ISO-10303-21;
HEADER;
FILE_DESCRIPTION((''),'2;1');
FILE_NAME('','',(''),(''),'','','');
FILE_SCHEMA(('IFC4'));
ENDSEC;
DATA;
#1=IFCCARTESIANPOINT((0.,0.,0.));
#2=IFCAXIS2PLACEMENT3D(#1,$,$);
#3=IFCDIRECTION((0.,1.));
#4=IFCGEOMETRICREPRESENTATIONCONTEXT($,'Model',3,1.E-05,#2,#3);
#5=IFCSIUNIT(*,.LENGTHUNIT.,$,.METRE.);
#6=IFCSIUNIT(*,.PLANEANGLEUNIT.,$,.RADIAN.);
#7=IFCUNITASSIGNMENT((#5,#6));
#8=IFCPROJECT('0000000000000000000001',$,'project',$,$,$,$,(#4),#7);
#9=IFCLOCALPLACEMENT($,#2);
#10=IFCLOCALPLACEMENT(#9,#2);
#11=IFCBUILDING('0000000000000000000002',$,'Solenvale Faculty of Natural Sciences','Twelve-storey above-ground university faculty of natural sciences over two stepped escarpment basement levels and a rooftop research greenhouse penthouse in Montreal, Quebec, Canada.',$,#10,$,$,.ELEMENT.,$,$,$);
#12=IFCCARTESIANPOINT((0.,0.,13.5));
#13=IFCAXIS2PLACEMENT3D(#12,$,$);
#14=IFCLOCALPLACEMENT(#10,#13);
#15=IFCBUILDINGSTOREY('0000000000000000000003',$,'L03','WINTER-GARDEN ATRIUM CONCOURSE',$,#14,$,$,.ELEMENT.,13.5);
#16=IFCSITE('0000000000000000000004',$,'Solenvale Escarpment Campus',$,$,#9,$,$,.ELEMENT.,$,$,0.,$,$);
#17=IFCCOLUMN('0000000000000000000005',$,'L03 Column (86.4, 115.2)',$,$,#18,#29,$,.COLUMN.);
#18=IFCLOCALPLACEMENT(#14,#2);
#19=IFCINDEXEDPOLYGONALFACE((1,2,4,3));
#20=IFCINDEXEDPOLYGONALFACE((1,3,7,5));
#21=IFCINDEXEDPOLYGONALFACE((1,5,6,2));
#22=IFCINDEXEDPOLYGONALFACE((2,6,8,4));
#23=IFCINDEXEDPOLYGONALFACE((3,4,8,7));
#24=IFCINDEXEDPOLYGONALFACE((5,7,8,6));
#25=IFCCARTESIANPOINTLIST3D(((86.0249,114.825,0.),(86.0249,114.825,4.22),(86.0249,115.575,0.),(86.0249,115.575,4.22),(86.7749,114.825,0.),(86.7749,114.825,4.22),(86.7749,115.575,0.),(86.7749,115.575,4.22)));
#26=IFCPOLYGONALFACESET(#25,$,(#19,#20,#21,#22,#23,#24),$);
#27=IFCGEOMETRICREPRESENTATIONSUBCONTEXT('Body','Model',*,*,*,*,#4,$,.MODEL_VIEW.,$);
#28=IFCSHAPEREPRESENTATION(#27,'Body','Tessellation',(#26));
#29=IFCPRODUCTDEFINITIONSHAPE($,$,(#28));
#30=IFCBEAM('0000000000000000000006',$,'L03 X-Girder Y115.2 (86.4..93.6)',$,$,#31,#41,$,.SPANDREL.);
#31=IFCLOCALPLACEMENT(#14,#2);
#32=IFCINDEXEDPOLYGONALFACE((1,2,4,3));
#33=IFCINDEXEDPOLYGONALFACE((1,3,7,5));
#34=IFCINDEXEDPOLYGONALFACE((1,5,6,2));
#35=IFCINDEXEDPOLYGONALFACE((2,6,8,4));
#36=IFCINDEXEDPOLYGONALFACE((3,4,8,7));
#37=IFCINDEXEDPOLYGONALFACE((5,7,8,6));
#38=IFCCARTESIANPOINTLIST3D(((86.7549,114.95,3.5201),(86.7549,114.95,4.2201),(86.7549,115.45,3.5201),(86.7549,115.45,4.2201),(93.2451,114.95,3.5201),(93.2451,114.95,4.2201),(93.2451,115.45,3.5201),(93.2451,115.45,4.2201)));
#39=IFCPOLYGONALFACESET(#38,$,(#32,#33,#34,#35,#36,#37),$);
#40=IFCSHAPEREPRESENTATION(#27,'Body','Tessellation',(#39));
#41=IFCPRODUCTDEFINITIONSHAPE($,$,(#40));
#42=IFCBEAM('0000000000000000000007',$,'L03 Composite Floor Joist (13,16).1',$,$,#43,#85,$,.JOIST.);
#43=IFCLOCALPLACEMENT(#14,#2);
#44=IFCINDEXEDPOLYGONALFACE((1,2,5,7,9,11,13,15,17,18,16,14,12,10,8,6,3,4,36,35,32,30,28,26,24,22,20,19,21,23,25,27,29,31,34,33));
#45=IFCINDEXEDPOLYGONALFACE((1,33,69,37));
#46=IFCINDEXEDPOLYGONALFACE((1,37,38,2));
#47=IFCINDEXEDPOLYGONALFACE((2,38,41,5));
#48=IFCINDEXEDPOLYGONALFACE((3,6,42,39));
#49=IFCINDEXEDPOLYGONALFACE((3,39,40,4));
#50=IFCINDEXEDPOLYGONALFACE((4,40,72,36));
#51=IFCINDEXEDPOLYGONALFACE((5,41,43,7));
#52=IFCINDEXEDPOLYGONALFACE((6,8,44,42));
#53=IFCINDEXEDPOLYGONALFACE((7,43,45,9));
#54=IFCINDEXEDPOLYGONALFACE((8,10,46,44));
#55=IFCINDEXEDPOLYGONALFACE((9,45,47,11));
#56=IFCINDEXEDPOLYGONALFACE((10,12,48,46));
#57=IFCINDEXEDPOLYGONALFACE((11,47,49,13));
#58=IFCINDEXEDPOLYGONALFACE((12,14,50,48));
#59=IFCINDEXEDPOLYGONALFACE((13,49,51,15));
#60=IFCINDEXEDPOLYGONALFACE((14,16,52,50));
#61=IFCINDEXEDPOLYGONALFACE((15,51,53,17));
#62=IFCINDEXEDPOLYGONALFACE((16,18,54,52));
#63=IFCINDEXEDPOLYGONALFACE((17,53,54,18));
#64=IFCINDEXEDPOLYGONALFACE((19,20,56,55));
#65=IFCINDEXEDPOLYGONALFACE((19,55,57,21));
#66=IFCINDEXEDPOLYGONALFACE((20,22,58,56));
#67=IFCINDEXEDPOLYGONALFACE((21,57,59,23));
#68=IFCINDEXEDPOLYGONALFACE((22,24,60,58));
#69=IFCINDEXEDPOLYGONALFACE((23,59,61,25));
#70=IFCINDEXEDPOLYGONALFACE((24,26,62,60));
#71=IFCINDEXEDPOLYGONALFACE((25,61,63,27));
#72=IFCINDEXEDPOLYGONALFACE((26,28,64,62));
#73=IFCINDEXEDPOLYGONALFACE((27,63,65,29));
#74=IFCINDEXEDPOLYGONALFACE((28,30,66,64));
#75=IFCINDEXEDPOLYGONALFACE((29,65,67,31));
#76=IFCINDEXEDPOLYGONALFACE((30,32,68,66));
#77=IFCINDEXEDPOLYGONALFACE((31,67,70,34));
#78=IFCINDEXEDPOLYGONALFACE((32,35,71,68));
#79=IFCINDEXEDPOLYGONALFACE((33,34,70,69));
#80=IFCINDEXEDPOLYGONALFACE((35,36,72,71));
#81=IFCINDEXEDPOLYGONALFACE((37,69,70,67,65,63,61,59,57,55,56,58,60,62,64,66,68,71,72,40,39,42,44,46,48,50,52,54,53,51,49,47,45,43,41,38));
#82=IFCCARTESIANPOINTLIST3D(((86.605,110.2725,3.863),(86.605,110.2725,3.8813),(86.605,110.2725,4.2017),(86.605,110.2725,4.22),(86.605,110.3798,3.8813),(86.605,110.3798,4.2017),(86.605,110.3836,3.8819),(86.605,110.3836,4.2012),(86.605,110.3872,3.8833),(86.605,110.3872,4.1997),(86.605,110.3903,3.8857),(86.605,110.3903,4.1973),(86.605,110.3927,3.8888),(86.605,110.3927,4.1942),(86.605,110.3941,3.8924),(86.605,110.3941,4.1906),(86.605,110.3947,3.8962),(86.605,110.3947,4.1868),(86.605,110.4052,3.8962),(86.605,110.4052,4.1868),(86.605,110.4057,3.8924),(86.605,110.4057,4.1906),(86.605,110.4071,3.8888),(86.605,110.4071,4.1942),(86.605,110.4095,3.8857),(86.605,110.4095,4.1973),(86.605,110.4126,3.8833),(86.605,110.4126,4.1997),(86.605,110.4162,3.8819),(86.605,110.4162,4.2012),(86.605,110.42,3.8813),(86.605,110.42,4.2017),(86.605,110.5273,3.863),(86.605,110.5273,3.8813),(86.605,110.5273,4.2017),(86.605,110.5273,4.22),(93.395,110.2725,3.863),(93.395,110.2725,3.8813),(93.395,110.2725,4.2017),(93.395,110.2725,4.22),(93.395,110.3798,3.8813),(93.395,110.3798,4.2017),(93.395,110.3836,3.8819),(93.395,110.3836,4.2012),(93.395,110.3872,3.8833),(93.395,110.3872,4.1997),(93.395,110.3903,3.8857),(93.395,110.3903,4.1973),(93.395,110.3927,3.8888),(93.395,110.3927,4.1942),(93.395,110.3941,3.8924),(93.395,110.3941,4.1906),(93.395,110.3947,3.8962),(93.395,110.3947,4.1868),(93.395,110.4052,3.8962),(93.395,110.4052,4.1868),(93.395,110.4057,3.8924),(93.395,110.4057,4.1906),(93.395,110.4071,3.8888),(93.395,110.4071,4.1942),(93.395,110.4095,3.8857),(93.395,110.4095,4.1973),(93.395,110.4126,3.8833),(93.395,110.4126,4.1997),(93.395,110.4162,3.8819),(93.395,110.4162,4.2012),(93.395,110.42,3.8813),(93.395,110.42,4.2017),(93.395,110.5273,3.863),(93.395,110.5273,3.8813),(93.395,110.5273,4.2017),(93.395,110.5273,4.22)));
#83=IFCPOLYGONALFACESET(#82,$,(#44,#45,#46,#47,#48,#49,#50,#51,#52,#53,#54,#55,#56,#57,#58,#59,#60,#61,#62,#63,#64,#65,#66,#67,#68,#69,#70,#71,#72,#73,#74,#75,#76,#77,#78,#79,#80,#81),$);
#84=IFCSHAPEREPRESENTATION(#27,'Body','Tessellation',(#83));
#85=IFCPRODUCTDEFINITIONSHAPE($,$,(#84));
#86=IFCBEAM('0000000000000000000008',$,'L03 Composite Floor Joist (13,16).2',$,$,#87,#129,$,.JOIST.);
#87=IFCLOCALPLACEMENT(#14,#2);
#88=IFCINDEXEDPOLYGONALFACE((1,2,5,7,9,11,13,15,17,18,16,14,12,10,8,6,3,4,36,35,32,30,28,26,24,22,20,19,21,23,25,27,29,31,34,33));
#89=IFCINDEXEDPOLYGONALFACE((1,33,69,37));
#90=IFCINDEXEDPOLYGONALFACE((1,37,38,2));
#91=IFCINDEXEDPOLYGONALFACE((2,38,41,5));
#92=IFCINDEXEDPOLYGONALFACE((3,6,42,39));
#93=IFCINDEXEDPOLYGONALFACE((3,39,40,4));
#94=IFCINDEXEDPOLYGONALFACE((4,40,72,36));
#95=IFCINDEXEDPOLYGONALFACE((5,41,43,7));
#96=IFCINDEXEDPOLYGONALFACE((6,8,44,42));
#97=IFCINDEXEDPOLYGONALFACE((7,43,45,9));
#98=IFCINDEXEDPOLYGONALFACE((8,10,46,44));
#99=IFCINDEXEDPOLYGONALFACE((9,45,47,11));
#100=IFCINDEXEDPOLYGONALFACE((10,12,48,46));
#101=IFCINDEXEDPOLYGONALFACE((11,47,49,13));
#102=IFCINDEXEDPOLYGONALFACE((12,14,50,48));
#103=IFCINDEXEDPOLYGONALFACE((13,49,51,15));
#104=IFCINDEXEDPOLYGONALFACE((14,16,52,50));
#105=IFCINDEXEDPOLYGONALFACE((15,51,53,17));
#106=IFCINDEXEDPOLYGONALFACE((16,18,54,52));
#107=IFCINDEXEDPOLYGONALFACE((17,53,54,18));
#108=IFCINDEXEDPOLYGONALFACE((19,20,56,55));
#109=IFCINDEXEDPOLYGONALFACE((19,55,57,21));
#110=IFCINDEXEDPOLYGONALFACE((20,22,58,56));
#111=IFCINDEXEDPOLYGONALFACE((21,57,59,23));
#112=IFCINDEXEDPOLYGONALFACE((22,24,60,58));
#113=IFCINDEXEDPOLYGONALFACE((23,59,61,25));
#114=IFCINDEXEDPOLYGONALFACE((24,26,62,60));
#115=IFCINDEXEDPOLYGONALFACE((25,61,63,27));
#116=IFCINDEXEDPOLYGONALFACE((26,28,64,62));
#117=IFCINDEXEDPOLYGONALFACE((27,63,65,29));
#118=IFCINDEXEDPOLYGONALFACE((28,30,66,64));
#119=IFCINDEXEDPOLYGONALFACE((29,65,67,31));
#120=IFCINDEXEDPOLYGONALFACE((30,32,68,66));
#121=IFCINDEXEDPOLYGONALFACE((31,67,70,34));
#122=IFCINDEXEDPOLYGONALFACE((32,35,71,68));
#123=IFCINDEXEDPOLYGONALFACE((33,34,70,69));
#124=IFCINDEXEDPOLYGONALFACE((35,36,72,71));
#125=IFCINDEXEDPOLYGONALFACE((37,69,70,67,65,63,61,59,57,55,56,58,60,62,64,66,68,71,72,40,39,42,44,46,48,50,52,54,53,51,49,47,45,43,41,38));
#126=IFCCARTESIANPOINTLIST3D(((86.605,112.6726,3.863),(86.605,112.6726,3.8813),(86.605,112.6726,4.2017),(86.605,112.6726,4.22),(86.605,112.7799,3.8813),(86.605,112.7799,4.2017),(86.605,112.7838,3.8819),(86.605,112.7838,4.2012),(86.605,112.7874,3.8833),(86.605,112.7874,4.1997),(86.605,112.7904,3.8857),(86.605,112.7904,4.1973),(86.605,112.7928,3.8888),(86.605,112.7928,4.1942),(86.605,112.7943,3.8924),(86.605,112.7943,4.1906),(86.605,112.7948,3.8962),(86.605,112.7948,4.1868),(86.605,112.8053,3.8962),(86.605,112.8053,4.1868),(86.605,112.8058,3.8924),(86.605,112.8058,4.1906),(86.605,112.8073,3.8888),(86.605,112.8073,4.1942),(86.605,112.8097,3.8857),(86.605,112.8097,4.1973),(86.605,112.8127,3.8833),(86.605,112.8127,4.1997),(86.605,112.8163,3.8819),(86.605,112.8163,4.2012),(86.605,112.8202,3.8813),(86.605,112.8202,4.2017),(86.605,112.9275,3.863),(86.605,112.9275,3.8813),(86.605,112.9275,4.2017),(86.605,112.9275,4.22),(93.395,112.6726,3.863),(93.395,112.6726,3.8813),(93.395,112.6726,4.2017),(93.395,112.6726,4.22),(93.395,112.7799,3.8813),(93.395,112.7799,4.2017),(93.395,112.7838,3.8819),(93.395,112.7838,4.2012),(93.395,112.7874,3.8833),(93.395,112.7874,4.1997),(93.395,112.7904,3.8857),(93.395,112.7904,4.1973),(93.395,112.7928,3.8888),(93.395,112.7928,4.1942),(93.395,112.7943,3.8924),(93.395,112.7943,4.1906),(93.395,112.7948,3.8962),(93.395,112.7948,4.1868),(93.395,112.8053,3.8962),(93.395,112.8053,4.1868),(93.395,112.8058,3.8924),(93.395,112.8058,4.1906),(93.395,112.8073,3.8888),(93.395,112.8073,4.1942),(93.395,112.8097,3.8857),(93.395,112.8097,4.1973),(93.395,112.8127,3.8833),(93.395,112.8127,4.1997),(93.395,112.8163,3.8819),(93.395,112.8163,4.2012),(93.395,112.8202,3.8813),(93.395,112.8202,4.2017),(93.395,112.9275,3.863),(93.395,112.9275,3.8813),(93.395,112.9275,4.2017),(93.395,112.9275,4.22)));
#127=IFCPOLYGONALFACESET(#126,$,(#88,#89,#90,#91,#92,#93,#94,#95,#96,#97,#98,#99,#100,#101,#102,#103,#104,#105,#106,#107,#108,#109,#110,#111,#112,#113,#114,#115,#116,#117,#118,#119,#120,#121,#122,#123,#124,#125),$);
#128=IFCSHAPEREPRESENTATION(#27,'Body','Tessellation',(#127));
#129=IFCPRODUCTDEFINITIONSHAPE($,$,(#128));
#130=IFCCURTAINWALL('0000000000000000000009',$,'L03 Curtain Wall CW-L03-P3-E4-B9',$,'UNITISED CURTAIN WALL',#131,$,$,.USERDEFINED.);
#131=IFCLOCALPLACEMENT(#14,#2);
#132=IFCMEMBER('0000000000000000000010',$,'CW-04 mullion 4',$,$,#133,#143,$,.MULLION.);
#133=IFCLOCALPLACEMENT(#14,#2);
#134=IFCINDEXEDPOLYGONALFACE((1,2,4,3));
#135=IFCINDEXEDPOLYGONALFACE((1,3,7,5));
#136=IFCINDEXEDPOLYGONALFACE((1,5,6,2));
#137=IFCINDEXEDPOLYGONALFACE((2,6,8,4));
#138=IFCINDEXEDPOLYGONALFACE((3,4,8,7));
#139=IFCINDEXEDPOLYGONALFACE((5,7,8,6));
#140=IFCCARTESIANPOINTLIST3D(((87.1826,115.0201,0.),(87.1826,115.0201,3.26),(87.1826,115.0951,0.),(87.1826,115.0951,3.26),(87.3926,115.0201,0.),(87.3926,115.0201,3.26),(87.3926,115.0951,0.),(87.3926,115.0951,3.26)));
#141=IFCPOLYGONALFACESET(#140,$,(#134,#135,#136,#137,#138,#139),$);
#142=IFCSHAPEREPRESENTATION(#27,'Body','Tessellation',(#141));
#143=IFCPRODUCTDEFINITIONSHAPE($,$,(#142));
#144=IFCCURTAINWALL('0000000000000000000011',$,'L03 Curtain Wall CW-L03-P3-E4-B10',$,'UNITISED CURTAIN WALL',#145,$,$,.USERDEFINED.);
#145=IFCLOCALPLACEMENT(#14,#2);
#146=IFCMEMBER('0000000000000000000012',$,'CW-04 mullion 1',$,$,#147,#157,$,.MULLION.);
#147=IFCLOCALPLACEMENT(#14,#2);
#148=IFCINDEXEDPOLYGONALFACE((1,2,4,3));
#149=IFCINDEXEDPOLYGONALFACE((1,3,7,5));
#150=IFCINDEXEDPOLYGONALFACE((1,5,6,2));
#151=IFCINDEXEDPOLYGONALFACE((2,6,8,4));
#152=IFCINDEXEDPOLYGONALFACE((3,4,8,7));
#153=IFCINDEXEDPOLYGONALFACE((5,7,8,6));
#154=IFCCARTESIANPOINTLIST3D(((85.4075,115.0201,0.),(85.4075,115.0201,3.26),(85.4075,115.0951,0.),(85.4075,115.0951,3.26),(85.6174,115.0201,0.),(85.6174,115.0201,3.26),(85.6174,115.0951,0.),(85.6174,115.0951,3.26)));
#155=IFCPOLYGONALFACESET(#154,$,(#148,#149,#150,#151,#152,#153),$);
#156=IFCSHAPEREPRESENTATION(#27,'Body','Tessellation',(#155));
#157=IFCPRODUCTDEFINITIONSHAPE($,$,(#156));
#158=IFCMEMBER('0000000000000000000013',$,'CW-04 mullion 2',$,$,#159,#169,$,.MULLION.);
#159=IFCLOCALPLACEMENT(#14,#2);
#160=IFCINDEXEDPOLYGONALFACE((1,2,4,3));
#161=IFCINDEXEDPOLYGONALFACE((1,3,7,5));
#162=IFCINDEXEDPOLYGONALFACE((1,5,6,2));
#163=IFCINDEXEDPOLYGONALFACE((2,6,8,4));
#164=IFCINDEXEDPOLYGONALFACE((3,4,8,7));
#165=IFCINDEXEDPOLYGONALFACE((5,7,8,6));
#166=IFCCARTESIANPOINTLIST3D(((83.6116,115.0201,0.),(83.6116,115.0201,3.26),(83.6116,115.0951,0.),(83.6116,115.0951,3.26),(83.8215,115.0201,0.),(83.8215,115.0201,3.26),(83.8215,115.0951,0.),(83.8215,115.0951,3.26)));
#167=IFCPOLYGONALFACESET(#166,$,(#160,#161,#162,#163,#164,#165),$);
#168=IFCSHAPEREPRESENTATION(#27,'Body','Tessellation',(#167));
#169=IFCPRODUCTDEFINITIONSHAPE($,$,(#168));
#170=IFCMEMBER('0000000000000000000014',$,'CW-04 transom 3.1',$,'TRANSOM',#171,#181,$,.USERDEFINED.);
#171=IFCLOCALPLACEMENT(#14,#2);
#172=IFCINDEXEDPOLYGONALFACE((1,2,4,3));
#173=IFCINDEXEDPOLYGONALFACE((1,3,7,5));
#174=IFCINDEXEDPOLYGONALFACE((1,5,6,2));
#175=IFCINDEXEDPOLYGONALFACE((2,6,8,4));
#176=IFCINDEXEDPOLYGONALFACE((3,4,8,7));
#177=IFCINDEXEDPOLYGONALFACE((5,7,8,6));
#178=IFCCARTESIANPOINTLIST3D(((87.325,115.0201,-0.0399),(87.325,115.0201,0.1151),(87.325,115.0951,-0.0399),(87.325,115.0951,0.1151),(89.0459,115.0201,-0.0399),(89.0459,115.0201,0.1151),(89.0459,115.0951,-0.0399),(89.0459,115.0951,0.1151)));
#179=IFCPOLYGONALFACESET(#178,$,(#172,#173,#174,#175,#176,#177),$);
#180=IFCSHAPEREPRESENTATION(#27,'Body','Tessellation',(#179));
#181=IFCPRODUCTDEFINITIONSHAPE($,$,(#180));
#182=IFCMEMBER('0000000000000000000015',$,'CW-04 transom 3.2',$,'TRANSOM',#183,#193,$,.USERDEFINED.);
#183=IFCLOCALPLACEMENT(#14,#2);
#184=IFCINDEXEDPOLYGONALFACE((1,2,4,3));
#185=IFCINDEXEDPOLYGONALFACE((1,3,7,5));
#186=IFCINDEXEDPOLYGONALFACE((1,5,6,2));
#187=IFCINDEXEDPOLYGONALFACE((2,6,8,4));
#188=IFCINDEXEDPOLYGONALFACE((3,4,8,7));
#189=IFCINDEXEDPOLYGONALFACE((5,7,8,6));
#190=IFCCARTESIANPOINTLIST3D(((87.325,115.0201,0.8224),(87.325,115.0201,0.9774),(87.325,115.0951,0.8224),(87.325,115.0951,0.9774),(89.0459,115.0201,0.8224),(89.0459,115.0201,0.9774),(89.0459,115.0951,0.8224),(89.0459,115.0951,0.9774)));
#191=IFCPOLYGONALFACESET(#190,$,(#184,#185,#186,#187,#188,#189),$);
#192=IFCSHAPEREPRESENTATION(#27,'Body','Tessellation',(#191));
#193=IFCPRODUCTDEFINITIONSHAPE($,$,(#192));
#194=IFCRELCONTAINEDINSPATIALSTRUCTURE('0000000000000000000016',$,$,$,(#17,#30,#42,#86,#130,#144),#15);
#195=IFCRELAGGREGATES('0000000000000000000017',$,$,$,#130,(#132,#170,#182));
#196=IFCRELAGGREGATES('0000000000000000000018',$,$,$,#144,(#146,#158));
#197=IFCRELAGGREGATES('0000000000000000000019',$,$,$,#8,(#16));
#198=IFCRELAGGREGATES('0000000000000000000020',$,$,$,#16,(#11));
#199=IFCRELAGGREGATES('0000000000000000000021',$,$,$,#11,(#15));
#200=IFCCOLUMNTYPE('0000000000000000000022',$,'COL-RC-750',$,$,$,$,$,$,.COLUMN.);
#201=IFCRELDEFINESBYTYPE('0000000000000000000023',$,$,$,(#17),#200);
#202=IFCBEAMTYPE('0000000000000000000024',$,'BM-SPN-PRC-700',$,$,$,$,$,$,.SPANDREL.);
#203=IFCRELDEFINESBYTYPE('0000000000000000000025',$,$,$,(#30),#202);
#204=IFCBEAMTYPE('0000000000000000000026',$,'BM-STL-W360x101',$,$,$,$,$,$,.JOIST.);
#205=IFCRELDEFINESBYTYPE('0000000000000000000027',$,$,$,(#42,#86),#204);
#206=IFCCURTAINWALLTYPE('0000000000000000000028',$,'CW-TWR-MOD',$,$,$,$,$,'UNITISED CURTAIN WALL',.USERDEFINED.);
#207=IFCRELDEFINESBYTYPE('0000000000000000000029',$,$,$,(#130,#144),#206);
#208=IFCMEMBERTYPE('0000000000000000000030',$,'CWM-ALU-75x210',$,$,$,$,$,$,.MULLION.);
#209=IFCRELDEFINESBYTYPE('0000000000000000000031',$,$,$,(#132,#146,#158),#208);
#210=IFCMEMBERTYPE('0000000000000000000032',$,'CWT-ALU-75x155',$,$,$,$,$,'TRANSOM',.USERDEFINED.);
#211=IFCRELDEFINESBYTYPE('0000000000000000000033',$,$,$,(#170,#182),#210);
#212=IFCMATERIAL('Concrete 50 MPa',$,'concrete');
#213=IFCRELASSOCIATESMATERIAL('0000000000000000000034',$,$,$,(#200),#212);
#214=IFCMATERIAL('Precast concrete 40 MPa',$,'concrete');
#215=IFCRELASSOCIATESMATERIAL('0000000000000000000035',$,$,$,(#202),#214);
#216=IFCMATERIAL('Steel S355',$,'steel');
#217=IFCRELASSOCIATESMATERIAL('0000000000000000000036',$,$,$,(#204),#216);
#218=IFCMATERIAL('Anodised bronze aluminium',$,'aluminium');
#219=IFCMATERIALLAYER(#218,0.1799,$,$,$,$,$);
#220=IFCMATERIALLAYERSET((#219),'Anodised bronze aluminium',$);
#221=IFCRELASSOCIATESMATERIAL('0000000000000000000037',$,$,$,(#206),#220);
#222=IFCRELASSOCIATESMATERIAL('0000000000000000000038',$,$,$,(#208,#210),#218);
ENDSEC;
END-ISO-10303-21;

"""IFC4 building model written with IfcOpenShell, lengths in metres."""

from ifc_helpers import new_model, si_unit, direction, frame, origin, origin_2d, place, context, subcontext, project, spatial, rectangle, i_section, extrude, material, layer, layer_set, material_profile, profile_set, type_object, element, aggregate, save


model = new_model("IFC4")

# Units and contexts
model_context = context("Model", 3, precision=1e-05, world=origin(), true_north=direction((0.0, 1.0)))
body_context = subcontext(model_context, "Body", "Model", "MODEL_VIEW")
ifc_project = project(units=[si_unit("LENGTHUNIT", "METRE"), si_unit("PLANEANGLEUNIT", "RADIAN")], contexts=[model_context])

# Site, building, storey
site_placement = place(None, origin())
site = spatial("IfcSite", under=ifc_project, at=site_placement, Name="Solenvale Escarpment Campus", CompositionType="ELEMENT", RefElevation=0.0)
building_placement = place(site_placement, origin())
building = spatial("IfcBuilding", under=site, at=building_placement, Name="Solenvale Faculty of Natural Sciences", Description="Twelve-storey above-ground university faculty of natural sciences over two stepped escarpment basement levels and a rooftop research greenhouse penthouse in Montreal, Quebec, Canada.", CompositionType="ELEMENT")
storey_placement = place(building_placement, frame((0.0, 0.0, 13.5)))
storey = spatial("IfcBuildingStorey", under=building, at=storey_placement, Name="L03", Description="WINTER-GARDEN ATRIUM CONCOURSE", CompositionType="ELEMENT", Elevation=13.5)

# Column
ifc_material_1 = material(Name="Concrete 50 MPa", Category="concrete")
ifc_material_profile_1 = material_profile(ifc_material_1, rectangle(XDim=0.75, YDim=0.75, at=origin_2d()), Name="RC-COL-750x750")
ifc_profile_set_1 = profile_set([ifc_material_profile_1], Name="Concrete 50 MPa")
column_type = type_object("IfcColumnType", Name="COL-RC-750", PredefinedType="COLUMN", material=ifc_profile_set_1)
column_placement = place(storey_placement, frame((86.3999, 115.2, 0.0), z_axis=(0.0, 0.0, 1.0), x_axis=(1.0, 0.0, 0.0)))
element("IfcColumn", 1, at=column_placement, inside=storey, type_object=column_type, Name="L03 Column (86.4, 115.2)", PredefinedType="COLUMN", context=body_context, shape_type="SweptSolid", body=[
    extrude(rectangle(XDim=0.75, YDim=0.75, at=origin_2d()), origin(), (0.0, 0.0, 1.0), 4.22),
])

# Beams
ifc_material_2 = material(Name="Precast concrete 40 MPa", Category="concrete")
ifc_material_profile_2 = material_profile(ifc_material_2, rectangle(XDim=0.5, YDim=0.7, at=origin_2d()), Name="RC-BM-500x700")
ifc_profile_set_2 = profile_set([ifc_material_profile_2], Name="Precast concrete 40 MPa")
beam_type_1 = type_object("IfcBeamType", Name="BM-SPN-PRC-700", PredefinedType="SPANDREL", material=ifc_profile_set_2)
beam_placement = place(storey_placement, frame((86.7549, 115.2, 3.8701), z_axis=(1.0, 0.0, 0.0), x_axis=(0.0, 1.0, 0.0)))
element("IfcBeam", 2, at=beam_placement, inside=storey, type_object=beam_type_1, Name="L03 X-Girder Y115.2 (86.4..93.6)", PredefinedType="SPANDREL", context=body_context, shape_type="SweptSolid", body=[
    extrude(rectangle(XDim=0.5, YDim=0.7, at=origin_2d()), origin(), (0.0, 0.0, 1.0), 6.4902),
])
ifc_material_3 = material(Name="Steel S355", Category="steel")
ifc_material_profile_3 = material_profile(ifc_material_3, i_section(OverallWidth=0.2549, OverallDepth=0.3569, WebThickness=0.0105, FlangeThickness=0.0183, FilletRadius=0.0149, at=origin_2d()), Name="W360x101")
ifc_profile_set_3 = profile_set([ifc_material_profile_3], Name="Steel S355")
beam_type_2 = type_object("IfcBeamType", Name="BM-STL-W360x101", PredefinedType="JOIST", material=ifc_profile_set_3)
for number, where, z_axis, x_axis, name in (
    (3, (86.605, 110.3999, 4.0415), (1.0, 0.0, 0.0), (0.0, 1.0, 0.0), "L03 Composite Floor Joist (13,16).1"),
    (4, (86.605, 112.8, 4.0415), (1.0, 0.0, 0.0), (0.0, 1.0, 0.0), "L03 Composite Floor Joist (13,16).2"),
):
    element("IfcBeam", number, at=place(storey_placement, frame(where, z_axis=z_axis, x_axis=x_axis)), inside=storey, type_object=beam_type_2, Name=name, PredefinedType="JOIST", context=body_context, shape_type="SweptSolid", body=[
        extrude(i_section(OverallWidth=0.2549, OverallDepth=0.3569, WebThickness=0.0105, FlangeThickness=0.0183, FilletRadius=0.0149, at=origin_2d()), origin(), (0.0, 0.0, 1.0), 6.79),
    ])

# Curtain wall, member
ifc_material_4 = material(Name="Anodised bronze aluminium", Category="aluminium")
ifc_layer_1 = layer(ifc_material_4, 0.1799)
ifc_layer_set_1 = layer_set([ifc_layer_1], Name="Anodised bronze aluminium")
curtain_wall_type = type_object("IfcCurtainWallType", Name="CW-TWR-MOD", ElementType="UNITISED CURTAIN WALL", PredefinedType="USERDEFINED", material=ifc_layer_set_1)
curtain_wall_1_placement = place(storey_placement, origin())
curtain_wall_1 = element("IfcCurtainWall", 5, at=curtain_wall_1_placement, inside=storey, type_object=curtain_wall_type, Name="L03 Curtain Wall CW-L03-P3-E4-B9", ObjectType="UNITISED CURTAIN WALL", PredefinedType="USERDEFINED")
ifc_material_profile_4 = material_profile(ifc_material_4, rectangle(XDim=0.075, YDim=0.21, at=origin_2d()), Name="ALU-MUL-75x210")
ifc_profile_set_4 = profile_set([ifc_material_profile_4], Name="Anodised bronze aluminium")
member_type_1 = type_object("IfcMemberType", Name="CWM-ALU-75x210", PredefinedType="MULLION", material=ifc_profile_set_4)
member_1_placement = place(storey_placement, frame((87.2876, 115.0576, 0.0), z_axis=(0.0, 0.0, 1.0), x_axis=(0.0, -1.0, 0.0)))
member_1 = element("IfcMember", 6, at=member_1_placement, type_object=member_type_1, Name="CW-04 mullion 4", PredefinedType="MULLION", context=body_context, shape_type="SweptSolid", body=[
    extrude(rectangle(XDim=0.075, YDim=0.21, at=origin_2d()), origin(), (0.0, 0.0, 1.0), 3.26),
])

# Curtain wall, members
curtain_wall_2_placement = place(storey_placement, origin())
curtain_wall_2 = element("IfcCurtainWall", 7, at=curtain_wall_2_placement, inside=storey, type_object=curtain_wall_type, Name="L03 Curtain Wall CW-L03-P3-E4-B10", ObjectType="UNITISED CURTAIN WALL", PredefinedType="USERDEFINED")
member_2_placement = place(storey_placement, frame((85.5125, 115.0576, 0.0), z_axis=(0.0, 0.0, 1.0), x_axis=(0.0, -1.0, 0.0)))
member_2 = element("IfcMember", 8, at=member_2_placement, type_object=member_type_1, Name="CW-04 mullion 1", PredefinedType="MULLION", context=body_context, shape_type="SweptSolid", body=[
    extrude(rectangle(XDim=0.075, YDim=0.21, at=origin_2d()), origin(), (0.0, 0.0, 1.0), 3.26),
])
member_3_placement = place(storey_placement, frame((83.7166, 115.0576, 0.0), z_axis=(0.0, 0.0, 1.0), x_axis=(0.0, -1.0, 0.0)))
member_3 = element("IfcMember", 9, at=member_3_placement, type_object=member_type_1, Name="CW-04 mullion 2", PredefinedType="MULLION", context=body_context, shape_type="SweptSolid", body=[
    extrude(rectangle(XDim=0.075, YDim=0.21, at=origin_2d()), origin(), (0.0, 0.0, 1.0), 3.26),
])

# Members
ifc_material_profile_5 = material_profile(ifc_material_4, rectangle(XDim=0.075, YDim=0.155, at=origin_2d()), Name="ALU-TRN-75x155")
ifc_profile_set_5 = profile_set([ifc_material_profile_5], Name="Anodised bronze aluminium")
member_type_2 = type_object("IfcMemberType", Name="CWT-ALU-75x155", ElementType="TRANSOM", PredefinedType="USERDEFINED", material=ifc_profile_set_5)
member_4_placement = place(storey_placement, frame((89.0459, 115.0576, 0.0376), z_axis=(-1.0, 0.0, 0.0), x_axis=(0.0, -1.0, 0.0)))
member_4 = element("IfcMember", 10, at=member_4_placement, type_object=member_type_2, Name="CW-04 transom 3.1", ObjectType="TRANSOM", PredefinedType="USERDEFINED", context=body_context, shape_type="SweptSolid", body=[
    extrude(rectangle(XDim=0.075, YDim=0.155, at=origin_2d()), origin(), (0.0, 0.0, 1.0), 1.7209),
])
member_5_placement = place(storey_placement, frame((89.0459, 115.0576, 0.8999), z_axis=(-1.0, 0.0, 0.0), x_axis=(0.0, -1.0, 0.0)))
member_5 = element("IfcMember", 11, at=member_5_placement, type_object=member_type_2, Name="CW-04 transom 3.2", ObjectType="TRANSOM", PredefinedType="USERDEFINED", context=body_context, shape_type="SweptSolid", body=[
    extrude(rectangle(XDim=0.075, YDim=0.155, at=origin_2d()), origin(), (0.0, 0.0, 1.0), 1.7209),
])

aggregate(curtain_wall_1, [member_1, member_4, member_5])
aggregate(curtain_wall_2, [member_2, member_3])

save(model, "model.ifc")
